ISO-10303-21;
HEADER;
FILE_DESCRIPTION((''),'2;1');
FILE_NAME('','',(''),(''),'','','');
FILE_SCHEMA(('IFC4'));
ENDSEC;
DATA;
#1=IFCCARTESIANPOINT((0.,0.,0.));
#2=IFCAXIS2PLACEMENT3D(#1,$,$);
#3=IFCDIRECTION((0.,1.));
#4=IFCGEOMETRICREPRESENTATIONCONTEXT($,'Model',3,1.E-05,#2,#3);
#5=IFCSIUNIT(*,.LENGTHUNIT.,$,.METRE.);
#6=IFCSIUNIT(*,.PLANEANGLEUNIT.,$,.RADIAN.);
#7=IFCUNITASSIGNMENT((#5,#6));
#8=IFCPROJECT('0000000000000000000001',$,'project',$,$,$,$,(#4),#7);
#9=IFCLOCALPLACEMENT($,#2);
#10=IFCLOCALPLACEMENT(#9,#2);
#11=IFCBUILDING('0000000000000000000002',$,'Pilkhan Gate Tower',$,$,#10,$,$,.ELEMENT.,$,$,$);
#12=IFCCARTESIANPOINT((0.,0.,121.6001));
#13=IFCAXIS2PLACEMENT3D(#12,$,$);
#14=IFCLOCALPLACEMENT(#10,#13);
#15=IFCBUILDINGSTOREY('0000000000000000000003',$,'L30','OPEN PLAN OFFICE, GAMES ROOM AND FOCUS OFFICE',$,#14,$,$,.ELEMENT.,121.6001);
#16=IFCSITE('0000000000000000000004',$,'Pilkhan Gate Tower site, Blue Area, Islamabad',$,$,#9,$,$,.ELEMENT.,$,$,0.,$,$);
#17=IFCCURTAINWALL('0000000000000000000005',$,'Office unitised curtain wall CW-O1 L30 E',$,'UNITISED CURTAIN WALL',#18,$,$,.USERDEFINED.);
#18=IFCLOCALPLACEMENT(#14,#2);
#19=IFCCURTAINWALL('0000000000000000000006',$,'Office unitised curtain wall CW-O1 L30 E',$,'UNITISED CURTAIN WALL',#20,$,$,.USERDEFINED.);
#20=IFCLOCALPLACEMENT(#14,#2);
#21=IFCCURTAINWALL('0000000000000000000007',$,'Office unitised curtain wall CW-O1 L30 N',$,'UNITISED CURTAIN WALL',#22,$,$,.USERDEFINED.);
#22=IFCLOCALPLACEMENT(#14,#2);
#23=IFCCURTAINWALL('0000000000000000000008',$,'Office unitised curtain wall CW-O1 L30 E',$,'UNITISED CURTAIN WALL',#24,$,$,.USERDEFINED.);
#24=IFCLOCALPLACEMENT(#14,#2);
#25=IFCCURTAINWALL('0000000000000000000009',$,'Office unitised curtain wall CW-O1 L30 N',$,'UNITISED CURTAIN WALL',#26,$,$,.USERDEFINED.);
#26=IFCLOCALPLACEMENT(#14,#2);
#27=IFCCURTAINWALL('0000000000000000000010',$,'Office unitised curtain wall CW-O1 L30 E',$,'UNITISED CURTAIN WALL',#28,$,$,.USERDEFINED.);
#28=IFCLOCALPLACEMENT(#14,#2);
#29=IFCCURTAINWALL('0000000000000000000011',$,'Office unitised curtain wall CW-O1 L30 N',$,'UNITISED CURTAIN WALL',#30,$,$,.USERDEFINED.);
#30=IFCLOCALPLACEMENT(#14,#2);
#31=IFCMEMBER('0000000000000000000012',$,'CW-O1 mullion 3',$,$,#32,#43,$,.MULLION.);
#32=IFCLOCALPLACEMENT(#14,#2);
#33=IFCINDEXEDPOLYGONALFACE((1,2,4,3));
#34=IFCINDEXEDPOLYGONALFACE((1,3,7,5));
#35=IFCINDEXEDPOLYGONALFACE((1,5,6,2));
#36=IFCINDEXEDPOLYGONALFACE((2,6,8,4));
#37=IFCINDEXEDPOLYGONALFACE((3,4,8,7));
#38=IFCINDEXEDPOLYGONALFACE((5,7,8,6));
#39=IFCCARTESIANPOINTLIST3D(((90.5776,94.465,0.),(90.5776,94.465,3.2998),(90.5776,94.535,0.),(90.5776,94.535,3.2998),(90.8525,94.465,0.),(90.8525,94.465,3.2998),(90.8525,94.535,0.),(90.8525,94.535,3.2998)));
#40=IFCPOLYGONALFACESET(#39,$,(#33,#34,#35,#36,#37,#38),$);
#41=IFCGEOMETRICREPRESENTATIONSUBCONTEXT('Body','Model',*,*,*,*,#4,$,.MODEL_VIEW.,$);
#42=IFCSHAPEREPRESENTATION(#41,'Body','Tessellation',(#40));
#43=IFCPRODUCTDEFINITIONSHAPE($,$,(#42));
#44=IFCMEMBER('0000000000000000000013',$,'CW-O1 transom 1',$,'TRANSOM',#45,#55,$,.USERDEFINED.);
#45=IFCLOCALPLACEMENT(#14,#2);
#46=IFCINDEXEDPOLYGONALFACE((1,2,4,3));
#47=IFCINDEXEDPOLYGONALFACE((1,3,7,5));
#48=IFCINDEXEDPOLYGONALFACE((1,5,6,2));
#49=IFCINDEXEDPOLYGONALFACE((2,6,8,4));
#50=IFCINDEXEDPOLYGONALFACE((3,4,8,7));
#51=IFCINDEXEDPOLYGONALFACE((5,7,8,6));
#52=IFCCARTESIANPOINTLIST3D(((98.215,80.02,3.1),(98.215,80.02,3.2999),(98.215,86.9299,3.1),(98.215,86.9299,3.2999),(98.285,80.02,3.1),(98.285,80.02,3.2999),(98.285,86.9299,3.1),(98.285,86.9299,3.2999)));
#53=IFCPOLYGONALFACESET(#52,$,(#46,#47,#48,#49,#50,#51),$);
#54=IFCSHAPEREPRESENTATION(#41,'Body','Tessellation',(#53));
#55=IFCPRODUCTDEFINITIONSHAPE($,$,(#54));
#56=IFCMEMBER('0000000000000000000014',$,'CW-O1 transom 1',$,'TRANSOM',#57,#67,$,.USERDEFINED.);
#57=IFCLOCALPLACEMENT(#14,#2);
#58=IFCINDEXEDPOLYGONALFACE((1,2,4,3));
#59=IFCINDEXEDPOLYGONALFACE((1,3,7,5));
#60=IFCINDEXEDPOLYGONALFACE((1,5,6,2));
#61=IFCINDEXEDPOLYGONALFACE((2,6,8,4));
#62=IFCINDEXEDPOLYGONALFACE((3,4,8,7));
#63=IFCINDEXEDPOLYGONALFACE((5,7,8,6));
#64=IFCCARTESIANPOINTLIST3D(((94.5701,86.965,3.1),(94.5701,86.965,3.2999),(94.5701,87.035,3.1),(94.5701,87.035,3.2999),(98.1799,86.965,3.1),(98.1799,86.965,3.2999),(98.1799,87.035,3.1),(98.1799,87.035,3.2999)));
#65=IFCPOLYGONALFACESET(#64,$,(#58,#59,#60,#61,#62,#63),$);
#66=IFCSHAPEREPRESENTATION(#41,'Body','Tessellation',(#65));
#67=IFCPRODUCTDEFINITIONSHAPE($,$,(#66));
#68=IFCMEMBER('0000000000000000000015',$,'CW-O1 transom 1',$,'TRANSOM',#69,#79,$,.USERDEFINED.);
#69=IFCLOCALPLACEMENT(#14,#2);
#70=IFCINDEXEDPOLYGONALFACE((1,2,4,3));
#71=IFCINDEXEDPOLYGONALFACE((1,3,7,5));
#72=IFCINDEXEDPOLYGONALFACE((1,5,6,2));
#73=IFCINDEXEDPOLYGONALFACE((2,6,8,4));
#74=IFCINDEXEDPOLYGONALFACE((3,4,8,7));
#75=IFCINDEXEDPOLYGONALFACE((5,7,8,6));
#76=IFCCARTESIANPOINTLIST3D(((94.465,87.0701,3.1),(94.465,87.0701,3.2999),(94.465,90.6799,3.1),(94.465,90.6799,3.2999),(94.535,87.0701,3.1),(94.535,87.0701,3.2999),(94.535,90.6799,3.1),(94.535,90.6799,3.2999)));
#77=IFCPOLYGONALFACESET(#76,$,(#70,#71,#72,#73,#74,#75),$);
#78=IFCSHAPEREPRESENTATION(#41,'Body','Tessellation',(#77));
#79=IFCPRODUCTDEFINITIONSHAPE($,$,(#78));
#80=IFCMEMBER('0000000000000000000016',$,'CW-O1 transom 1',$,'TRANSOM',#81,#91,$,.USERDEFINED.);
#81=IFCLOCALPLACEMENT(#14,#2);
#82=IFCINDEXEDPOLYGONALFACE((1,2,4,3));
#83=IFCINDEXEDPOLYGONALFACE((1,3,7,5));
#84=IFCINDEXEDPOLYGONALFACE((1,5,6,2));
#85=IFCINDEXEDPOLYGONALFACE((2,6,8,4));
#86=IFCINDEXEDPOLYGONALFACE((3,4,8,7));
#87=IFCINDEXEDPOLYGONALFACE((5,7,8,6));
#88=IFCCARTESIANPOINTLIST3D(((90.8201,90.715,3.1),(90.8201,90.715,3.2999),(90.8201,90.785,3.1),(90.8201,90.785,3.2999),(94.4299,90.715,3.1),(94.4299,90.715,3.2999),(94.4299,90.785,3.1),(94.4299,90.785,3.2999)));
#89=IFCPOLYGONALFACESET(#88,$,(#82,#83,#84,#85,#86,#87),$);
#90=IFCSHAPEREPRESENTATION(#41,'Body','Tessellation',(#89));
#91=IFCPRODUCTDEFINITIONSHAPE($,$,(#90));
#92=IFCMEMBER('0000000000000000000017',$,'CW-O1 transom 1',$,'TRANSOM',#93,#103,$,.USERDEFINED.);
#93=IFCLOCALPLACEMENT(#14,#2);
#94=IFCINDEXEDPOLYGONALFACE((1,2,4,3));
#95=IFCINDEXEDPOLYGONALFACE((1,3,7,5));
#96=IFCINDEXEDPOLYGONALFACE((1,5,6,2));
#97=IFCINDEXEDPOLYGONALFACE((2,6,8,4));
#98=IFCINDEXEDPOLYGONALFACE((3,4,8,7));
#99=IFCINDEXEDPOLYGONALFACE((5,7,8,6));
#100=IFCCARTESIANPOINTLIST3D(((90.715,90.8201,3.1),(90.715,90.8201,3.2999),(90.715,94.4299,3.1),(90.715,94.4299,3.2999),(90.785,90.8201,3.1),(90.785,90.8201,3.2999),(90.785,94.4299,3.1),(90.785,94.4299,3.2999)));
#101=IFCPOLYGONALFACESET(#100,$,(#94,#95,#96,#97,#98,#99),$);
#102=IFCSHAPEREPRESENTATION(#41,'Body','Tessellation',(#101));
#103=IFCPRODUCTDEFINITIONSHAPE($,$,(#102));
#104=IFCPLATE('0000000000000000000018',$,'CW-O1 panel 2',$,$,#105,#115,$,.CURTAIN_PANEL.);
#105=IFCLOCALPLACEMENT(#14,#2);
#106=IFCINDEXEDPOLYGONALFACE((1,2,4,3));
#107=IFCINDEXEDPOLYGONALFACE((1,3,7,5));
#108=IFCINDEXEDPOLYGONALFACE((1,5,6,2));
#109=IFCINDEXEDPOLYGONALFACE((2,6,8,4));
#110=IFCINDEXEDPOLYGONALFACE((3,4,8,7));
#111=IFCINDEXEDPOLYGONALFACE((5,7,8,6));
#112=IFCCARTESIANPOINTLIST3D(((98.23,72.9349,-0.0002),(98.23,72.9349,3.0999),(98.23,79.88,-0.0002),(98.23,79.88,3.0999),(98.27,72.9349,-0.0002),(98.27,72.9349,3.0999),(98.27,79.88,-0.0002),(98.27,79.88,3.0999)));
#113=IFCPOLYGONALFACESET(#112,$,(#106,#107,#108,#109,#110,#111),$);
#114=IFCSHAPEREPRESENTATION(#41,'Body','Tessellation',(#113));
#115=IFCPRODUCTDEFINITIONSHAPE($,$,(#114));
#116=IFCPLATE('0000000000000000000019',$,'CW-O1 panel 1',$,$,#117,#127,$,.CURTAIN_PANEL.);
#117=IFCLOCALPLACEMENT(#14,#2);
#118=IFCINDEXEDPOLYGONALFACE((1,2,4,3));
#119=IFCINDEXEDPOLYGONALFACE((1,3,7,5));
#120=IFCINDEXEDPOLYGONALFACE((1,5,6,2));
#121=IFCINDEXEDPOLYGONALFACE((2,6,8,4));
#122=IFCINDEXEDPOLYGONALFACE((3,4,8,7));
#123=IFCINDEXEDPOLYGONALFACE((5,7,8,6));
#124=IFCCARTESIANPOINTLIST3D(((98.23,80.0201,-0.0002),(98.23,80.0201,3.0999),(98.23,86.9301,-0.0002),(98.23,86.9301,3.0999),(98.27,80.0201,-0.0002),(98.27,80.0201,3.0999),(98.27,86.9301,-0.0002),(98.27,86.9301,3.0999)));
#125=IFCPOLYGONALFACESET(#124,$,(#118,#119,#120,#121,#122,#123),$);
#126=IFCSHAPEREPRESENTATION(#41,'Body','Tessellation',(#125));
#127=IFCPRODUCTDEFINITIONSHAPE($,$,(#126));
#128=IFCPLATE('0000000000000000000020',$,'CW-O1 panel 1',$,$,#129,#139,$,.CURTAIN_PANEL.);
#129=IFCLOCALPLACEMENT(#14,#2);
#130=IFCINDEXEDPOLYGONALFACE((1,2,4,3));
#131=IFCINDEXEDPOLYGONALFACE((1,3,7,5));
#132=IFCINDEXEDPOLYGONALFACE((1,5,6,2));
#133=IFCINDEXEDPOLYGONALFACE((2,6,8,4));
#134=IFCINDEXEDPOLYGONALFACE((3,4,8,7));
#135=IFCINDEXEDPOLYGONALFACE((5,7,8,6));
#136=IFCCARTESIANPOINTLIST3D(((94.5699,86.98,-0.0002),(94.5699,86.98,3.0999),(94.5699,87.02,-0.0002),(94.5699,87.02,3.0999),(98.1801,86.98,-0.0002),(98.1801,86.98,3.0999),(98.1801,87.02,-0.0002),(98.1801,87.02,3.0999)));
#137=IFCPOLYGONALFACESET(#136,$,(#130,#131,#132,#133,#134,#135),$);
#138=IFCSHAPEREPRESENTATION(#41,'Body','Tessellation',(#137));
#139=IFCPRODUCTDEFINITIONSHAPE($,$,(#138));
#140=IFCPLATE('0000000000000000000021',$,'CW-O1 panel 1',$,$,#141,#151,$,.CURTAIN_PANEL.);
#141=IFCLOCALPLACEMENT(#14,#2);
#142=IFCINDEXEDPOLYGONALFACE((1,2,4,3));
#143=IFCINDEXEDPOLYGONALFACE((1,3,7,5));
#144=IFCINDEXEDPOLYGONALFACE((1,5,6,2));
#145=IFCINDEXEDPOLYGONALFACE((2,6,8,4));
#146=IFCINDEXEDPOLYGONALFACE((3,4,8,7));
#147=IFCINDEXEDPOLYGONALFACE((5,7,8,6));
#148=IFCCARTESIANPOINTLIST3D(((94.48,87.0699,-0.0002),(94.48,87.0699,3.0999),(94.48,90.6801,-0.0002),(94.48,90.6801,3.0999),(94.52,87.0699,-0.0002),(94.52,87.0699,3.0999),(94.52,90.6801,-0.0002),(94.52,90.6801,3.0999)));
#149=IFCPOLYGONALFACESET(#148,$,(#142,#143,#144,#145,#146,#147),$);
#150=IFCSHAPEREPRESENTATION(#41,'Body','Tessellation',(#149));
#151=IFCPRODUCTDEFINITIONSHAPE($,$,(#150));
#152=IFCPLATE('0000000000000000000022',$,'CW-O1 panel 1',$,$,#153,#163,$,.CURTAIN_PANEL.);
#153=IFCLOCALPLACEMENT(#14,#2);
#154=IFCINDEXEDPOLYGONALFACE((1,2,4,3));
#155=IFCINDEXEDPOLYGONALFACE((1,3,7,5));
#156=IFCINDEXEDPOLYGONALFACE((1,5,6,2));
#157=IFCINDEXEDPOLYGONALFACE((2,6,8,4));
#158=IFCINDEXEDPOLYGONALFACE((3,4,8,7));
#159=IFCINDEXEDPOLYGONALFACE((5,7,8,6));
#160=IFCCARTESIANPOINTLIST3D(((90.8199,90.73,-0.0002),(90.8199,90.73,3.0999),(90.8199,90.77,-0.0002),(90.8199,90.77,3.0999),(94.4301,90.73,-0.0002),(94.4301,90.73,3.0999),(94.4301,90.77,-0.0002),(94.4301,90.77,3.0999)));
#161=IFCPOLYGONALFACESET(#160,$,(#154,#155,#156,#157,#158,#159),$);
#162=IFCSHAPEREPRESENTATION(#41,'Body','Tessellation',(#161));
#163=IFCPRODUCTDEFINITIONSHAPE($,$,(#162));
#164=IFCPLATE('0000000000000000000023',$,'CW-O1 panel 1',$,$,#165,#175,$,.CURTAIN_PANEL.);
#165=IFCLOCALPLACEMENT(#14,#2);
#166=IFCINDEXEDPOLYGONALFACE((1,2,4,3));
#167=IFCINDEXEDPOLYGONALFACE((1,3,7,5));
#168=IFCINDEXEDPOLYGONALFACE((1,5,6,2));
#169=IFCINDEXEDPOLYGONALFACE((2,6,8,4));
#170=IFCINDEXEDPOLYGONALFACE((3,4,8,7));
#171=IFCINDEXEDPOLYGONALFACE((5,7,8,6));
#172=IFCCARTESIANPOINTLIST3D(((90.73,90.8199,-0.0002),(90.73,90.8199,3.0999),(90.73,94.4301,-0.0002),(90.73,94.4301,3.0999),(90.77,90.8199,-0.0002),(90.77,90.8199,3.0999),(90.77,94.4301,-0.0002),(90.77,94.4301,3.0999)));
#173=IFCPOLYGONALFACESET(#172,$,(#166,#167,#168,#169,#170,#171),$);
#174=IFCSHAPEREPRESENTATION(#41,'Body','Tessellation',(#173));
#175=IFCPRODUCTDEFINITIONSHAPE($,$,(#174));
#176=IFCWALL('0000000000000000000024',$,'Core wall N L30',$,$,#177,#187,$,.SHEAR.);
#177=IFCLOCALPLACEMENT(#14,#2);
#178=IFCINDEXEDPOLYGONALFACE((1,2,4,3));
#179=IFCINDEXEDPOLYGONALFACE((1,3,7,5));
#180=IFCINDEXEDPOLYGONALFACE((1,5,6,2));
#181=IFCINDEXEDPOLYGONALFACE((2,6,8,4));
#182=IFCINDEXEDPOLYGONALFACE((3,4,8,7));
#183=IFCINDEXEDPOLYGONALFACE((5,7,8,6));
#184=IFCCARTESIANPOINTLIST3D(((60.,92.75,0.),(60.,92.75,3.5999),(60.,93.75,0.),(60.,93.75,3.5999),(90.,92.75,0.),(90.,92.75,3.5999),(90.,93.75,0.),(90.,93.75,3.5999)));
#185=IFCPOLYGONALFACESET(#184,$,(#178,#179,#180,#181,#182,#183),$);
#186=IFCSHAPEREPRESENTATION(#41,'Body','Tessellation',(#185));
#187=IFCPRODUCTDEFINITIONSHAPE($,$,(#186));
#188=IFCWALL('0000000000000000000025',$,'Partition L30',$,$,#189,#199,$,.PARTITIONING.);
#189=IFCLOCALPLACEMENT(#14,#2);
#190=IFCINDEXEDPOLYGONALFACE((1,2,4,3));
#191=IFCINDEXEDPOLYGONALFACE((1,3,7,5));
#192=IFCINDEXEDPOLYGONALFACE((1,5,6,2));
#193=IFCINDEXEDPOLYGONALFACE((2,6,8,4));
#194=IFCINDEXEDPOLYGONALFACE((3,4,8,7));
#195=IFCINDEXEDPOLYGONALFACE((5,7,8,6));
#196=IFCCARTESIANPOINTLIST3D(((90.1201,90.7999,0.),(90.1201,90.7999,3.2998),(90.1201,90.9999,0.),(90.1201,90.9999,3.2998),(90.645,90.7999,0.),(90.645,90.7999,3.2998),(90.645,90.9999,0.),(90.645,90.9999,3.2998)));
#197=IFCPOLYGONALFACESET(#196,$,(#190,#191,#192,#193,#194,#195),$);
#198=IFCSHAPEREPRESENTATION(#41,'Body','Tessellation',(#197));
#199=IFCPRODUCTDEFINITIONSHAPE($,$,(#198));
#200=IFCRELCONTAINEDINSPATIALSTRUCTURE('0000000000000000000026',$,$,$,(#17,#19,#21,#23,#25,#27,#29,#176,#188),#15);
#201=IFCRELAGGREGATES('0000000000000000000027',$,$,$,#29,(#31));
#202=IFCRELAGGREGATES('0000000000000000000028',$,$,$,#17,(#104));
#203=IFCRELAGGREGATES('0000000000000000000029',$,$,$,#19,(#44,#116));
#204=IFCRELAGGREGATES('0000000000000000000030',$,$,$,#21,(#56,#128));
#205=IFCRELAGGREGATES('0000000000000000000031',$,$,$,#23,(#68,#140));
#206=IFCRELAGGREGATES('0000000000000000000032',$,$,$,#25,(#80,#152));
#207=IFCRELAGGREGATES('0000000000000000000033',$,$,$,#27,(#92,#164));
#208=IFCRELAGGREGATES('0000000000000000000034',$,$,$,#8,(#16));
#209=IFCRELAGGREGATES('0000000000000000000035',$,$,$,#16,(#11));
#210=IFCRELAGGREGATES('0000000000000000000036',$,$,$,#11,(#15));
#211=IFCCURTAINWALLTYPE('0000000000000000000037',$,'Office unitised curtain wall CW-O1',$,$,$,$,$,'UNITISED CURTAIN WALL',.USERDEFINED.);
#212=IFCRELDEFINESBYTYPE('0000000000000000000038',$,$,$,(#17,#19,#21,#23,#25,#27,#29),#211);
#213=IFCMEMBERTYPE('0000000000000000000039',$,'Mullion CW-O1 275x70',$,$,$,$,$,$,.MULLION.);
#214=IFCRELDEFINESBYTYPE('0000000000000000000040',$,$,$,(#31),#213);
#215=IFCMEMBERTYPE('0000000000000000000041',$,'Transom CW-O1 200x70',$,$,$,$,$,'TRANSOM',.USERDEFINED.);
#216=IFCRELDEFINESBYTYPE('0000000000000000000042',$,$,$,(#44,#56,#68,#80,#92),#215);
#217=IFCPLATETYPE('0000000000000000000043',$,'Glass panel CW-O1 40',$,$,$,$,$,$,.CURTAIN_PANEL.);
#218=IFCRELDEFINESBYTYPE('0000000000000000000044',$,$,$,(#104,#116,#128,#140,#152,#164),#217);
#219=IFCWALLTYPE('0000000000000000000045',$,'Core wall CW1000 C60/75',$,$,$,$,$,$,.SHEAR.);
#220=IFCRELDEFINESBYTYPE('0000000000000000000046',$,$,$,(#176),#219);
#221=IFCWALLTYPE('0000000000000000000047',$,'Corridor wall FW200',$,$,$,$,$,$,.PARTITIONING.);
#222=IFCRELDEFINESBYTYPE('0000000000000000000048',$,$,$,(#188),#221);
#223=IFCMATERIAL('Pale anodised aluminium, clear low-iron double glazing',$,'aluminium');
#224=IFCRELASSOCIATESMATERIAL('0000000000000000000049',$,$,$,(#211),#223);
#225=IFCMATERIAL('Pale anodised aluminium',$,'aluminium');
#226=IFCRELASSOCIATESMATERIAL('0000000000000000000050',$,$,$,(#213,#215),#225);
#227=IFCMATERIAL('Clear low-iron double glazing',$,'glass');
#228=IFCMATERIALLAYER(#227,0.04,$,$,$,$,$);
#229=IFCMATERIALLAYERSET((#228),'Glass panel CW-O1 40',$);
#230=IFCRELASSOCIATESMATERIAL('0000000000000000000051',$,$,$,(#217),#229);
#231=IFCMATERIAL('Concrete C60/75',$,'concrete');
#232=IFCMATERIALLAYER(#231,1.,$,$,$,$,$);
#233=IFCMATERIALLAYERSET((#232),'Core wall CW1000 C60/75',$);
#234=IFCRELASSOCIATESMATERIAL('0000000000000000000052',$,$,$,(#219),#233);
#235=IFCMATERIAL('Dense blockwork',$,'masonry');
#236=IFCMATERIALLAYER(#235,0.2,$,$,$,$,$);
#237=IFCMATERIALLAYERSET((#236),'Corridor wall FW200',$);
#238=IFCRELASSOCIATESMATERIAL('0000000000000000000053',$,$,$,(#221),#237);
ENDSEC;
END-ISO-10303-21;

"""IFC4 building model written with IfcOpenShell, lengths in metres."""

from ifc_helpers import new_model, si_unit, direction, frame, frame_2d, origin, origin_2d, place, context, subcontext, project, spatial, rectangle, extrude, material, layer, layer_set, material_profile, profile_set, type_object, element, aggregate, save


model = new_model("IFC4")

# Units and contexts
model_context = context("Model", 3, precision=1e-05, world=origin(), true_north=direction((0.0, 1.0)))
body_context = subcontext(model_context, "Body", "Model", "MODEL_VIEW")
ifc_project = project(units=[si_unit("LENGTHUNIT", "METRE"), si_unit("PLANEANGLEUNIT", "RADIAN")], contexts=[model_context])

# Site, building, storey
site_placement = place(None, origin())
site = spatial("IfcSite", under=ifc_project, at=site_placement, Name="Pilkhan Gate Tower site, Blue Area, Islamabad", CompositionType="ELEMENT", RefElevation=0.0)
building_placement = place(site_placement, origin())
building = spatial("IfcBuilding", under=site, at=building_placement, Name="Pilkhan Gate Tower", CompositionType="ELEMENT")
storey_placement = place(building_placement, frame((0.0, 0.0, 121.6001)))
storey = spatial("IfcBuildingStorey", under=building, at=storey_placement, Name="L30", Description="OPEN PLAN OFFICE, GAMES ROOM AND FOCUS OFFICE", CompositionType="ELEMENT", Elevation=121.6001)

# Shared definitions
ifc_material_1 = material(Name="Concrete C60/75", Category="concrete")

# Curtain wall
ifc_material_2 = material(Name="Pale anodised aluminium, clear low-iron double glazing", Category="aluminium")
curtain_wall_type = type_object("IfcCurtainWallType", Name="Office unitised curtain wall CW-O1", ElementType="UNITISED CURTAIN WALL", PredefinedType="USERDEFINED", material=ifc_material_2)
curtain_wall_1_placement = place(storey_placement, origin())
curtain_wall_1 = element("IfcCurtainWall", 1, at=curtain_wall_1_placement, inside=storey, type_object=curtain_wall_type, Name="Office unitised curtain wall CW-O1 L30 E", ObjectType="UNITISED CURTAIN WALL", PredefinedType="USERDEFINED")
ifc_material_3 = material(Name="Pale anodised aluminium", Category="aluminium")
ifc_material_profile_1 = material_profile(ifc_material_3, rectangle(XDim=0.0701, YDim=0.2749, at=origin_2d()), Name="Mullion 275x70")
ifc_profile_set_1 = profile_set([ifc_material_profile_1], Name="Pale anodised aluminium")
member_type_1 = type_object("IfcMemberType", Name="Mullion CW-O1 275x70", PredefinedType="MULLION", material=ifc_profile_set_1)

# Curtain walls
curtain_wall_2_placement = place(storey_placement, origin())
curtain_wall_2 = element("IfcCurtainWall", 2, at=curtain_wall_2_placement, inside=storey, type_object=curtain_wall_type, Name="Office unitised curtain wall CW-O1 L30 E", ObjectType="UNITISED CURTAIN WALL", PredefinedType="USERDEFINED")
curtain_wall_3_placement = place(storey_placement, origin())
curtain_wall_3 = element("IfcCurtainWall", 3, at=curtain_wall_3_placement, inside=storey, type_object=curtain_wall_type, Name="Office unitised curtain wall CW-O1 L30 N", ObjectType="UNITISED CURTAIN WALL", PredefinedType="USERDEFINED")
curtain_wall_4_placement = place(storey_placement, origin())
curtain_wall_4 = element("IfcCurtainWall", 4, at=curtain_wall_4_placement, inside=storey, type_object=curtain_wall_type, Name="Office unitised curtain wall CW-O1 L30 E", ObjectType="UNITISED CURTAIN WALL", PredefinedType="USERDEFINED")
curtain_wall_5_placement = place(storey_placement, origin())
curtain_wall_5 = element("IfcCurtainWall", 5, at=curtain_wall_5_placement, inside=storey, type_object=curtain_wall_type, Name="Office unitised curtain wall CW-O1 L30 N", ObjectType="UNITISED CURTAIN WALL", PredefinedType="USERDEFINED")
curtain_wall_6_placement = place(storey_placement, origin())
curtain_wall_6 = element("IfcCurtainWall", 6, at=curtain_wall_6_placement, inside=storey, type_object=curtain_wall_type, Name="Office unitised curtain wall CW-O1 L30 E", ObjectType="UNITISED CURTAIN WALL", PredefinedType="USERDEFINED")

# Curtain wall, member
curtain_wall_7_placement = place(storey_placement, origin())
curtain_wall_7 = element("IfcCurtainWall", 7, at=curtain_wall_7_placement, inside=storey, type_object=curtain_wall_type, Name="Office unitised curtain wall CW-O1 L30 N", ObjectType="UNITISED CURTAIN WALL", PredefinedType="USERDEFINED")
member_1_placement = place(storey_placement, frame((90.7151, 94.5, 0.0), z_axis=(0.0, 0.0, 1.0), x_axis=(0.0, 1.0, 0.0)))
member_1 = element("IfcMember", 8, at=member_1_placement, type_object=member_type_1, Name="CW-O1 mullion 3", PredefinedType="MULLION", context=body_context, shape_type="SweptSolid", body=[
    extrude(rectangle(XDim=0.0701, YDim=0.2749, at=origin_2d()), origin(), (0.0, 0.0, 1.0), 3.2998),
])
aggregate(curtain_wall_7, [member_1])

# Members
ifc_material_profile_2 = material_profile(ifc_material_3, rectangle(XDim=0.0701, YDim=0.2, at=origin_2d()), Name="Transom 200x70")
ifc_profile_set_2 = profile_set([ifc_material_profile_2], Name="Pale anodised aluminium")
member_type_2 = type_object("IfcMemberType", Name="Transom CW-O1 200x70", ElementType="TRANSOM", PredefinedType="USERDEFINED", material=ifc_profile_set_2)
member_2_placement = place(storey_placement, frame((98.25, 80.02, 3.2), z_axis=(0.0, 1.0, 0.0), x_axis=(-1.0, 0.0, 0.0)))
member_2 = element("IfcMember", 9, at=member_2_placement, type_object=member_type_2, Name="CW-O1 transom 1", ObjectType="TRANSOM", PredefinedType="USERDEFINED", context=body_context, shape_type="SweptSolid", body=[
    extrude(rectangle(XDim=0.0701, YDim=0.2, at=origin_2d()), origin(), (0.0, 0.0, 1.0), 6.9099),
])
member_3_placement = place(storey_placement, frame((94.5701, 87.0, 3.2), z_axis=(1.0, 0.0, 0.0), x_axis=(0.0, 1.0, 0.0)))
member_3 = element("IfcMember", 10, at=member_3_placement, type_object=member_type_2, Name="CW-O1 transom 1", ObjectType="TRANSOM", PredefinedType="USERDEFINED", context=body_context, shape_type="SweptSolid", body=[
    extrude(rectangle(XDim=0.0701, YDim=0.2, at=origin_2d()), origin(), (0.0, 0.0, 1.0), 3.6099),
])
member_4_placement = place(storey_placement, frame((94.5, 87.0701, 3.2), z_axis=(0.0, 1.0, 0.0), x_axis=(-1.0, 0.0, 0.0)))
member_4 = element("IfcMember", 11, at=member_4_placement, type_object=member_type_2, Name="CW-O1 transom 1", ObjectType="TRANSOM", PredefinedType="USERDEFINED", context=body_context, shape_type="SweptSolid", body=[
    extrude(rectangle(XDim=0.0701, YDim=0.2, at=origin_2d()), origin(), (0.0, 0.0, 1.0), 3.6099),
])
member_5_placement = place(storey_placement, frame((90.8201, 90.75, 3.2), z_axis=(1.0, 0.0, 0.0), x_axis=(0.0, 1.0, 0.0)))
member_5 = element("IfcMember", 12, at=member_5_placement, type_object=member_type_2, Name="CW-O1 transom 1", ObjectType="TRANSOM", PredefinedType="USERDEFINED", context=body_context, shape_type="SweptSolid", body=[
    extrude(rectangle(XDim=0.0701, YDim=0.2, at=origin_2d()), origin(), (0.0, 0.0, 1.0), 3.6099),
])
member_6_placement = place(storey_placement, frame((90.75, 90.8201, 3.2), z_axis=(0.0, 1.0, 0.0), x_axis=(-1.0, 0.0, 0.0)))
member_6 = element("IfcMember", 13, at=member_6_placement, type_object=member_type_2, Name="CW-O1 transom 1", ObjectType="TRANSOM", PredefinedType="USERDEFINED", context=body_context, shape_type="SweptSolid", body=[
    extrude(rectangle(XDim=0.0701, YDim=0.2, at=origin_2d()), origin(), (0.0, 0.0, 1.0), 3.6099),
])

# Plates
ifc_material_4 = material(Name="Clear low-iron double glazing", Category="glass")
ifc_layer_1 = layer(ifc_material_4, 0.04)
ifc_layer_set_1 = layer_set([ifc_layer_1], Name="Glass panel CW-O1 40")
plate_type = type_object("IfcPlateType", Name="Glass panel CW-O1 40", PredefinedType="CURTAIN_PANEL", material=ifc_layer_set_1)
plate_1_placement = place(storey_placement, frame((98.25, 76.4075, -0.0002), z_axis=(0.0, 0.0, 1.0), x_axis=(0.0, 1.0, 0.0)))
plate_1 = element("IfcPlate", 14, at=plate_1_placement, type_object=plate_type, Name="CW-O1 panel 2", PredefinedType="CURTAIN_PANEL", context=body_context, shape_type="SweptSolid", body=[
    extrude(rectangle(XDim=6.9451, YDim=0.04, at=origin_2d()), origin(), (0.0, 0.0, 1.0), 3.1001),
])
aggregate(curtain_wall_1, [plate_1])
plate_2_placement = place(storey_placement, frame((98.25, 83.4751, -0.0002), z_axis=(0.0, 0.0, 1.0), x_axis=(0.0, 1.0, 0.0)))
plate_2 = element("IfcPlate", 15, at=plate_2_placement, type_object=plate_type, Name="CW-O1 panel 1", PredefinedType="CURTAIN_PANEL", context=body_context, shape_type="SweptSolid", body=[
    extrude(rectangle(XDim=6.9099, YDim=0.04, at=origin_2d()), origin(), (0.0, 0.0, 1.0), 3.1001),
])
aggregate(curtain_wall_2, [member_2, plate_2])
plate_3_placement = place(storey_placement, frame((96.375, 87.0, -0.0002), z_axis=(0.0, 0.0, 1.0), x_axis=(1.0, 0.0, 0.0)))
plate_3 = element("IfcPlate", 16, at=plate_3_placement, type_object=plate_type, Name="CW-O1 panel 1", PredefinedType="CURTAIN_PANEL", context=body_context, shape_type="SweptSolid", body=[
    extrude(rectangle(XDim=3.6101, YDim=0.04, at=origin_2d()), origin(), (0.0, 0.0, 1.0), 3.1001),
])
aggregate(curtain_wall_3, [member_3, plate_3])
plate_4_placement = place(storey_placement, frame((94.5, 88.875, -0.0002), z_axis=(0.0, 0.0, 1.0), x_axis=(0.0, 1.0, 0.0)))
plate_4 = element("IfcPlate", 17, at=plate_4_placement, type_object=plate_type, Name="CW-O1 panel 1", PredefinedType="CURTAIN_PANEL", context=body_context, shape_type="SweptSolid", body=[
    extrude(rectangle(XDim=3.6101, YDim=0.04, at=origin_2d()), origin(), (0.0, 0.0, 1.0), 3.1001),
])
aggregate(curtain_wall_4, [member_4, plate_4])
plate_5_placement = place(storey_placement, frame((92.625, 90.75, -0.0002), z_axis=(0.0, 0.0, 1.0), x_axis=(1.0, 0.0, 0.0)))
plate_5 = element("IfcPlate", 18, at=plate_5_placement, type_object=plate_type, Name="CW-O1 panel 1", PredefinedType="CURTAIN_PANEL", context=body_context, shape_type="SweptSolid", body=[
    extrude(rectangle(XDim=3.6101, YDim=0.04, at=origin_2d()), origin(), (0.0, 0.0, 1.0), 3.1001),
])
aggregate(curtain_wall_5, [member_5, plate_5])
plate_6_placement = place(storey_placement, frame((90.75, 92.625, -0.0002), z_axis=(0.0, 0.0, 1.0), x_axis=(0.0, 1.0, 0.0)))
plate_6 = element("IfcPlate", 19, at=plate_6_placement, type_object=plate_type, Name="CW-O1 panel 1", PredefinedType="CURTAIN_PANEL", context=body_context, shape_type="SweptSolid", body=[
    extrude(rectangle(XDim=3.6101, YDim=0.04, at=origin_2d()), origin(), (0.0, 0.0, 1.0), 3.1001),
])
aggregate(curtain_wall_6, [member_6, plate_6])

# Walls
ifc_layer_2 = layer(ifc_material_1, 1.0)
ifc_layer_set_2 = layer_set([ifc_layer_2], Name="Core wall CW1000 C60/75")
wall_type_1 = type_object("IfcWallType", Name="Core wall CW1000 C60/75", PredefinedType="SHEAR", material=ifc_layer_set_2)
wall_1_placement = place(storey_placement, frame((90.0, 93.25, 0.0), z_axis=(0.0, 0.0, 1.0), x_axis=(-1.0, 0.0, 0.0)))
element("IfcWall", 20, at=wall_1_placement, inside=storey, type_object=wall_type_1, Name="Core wall N L30", PredefinedType="SHEAR", context=body_context, shape_type="SweptSolid", body=[
    extrude(rectangle(XDim=30.0, YDim=1.0, at=frame_2d((15.0, 0.0))), origin(), (0.0, 0.0, 1.0), 3.5999),
])
ifc_material_5 = material(Name="Dense blockwork", Category="masonry")
ifc_layer_3 = layer(ifc_material_5, 0.2)
ifc_layer_set_3 = layer_set([ifc_layer_3], Name="Corridor wall FW200")
wall_type_2 = type_object("IfcWallType", Name="Corridor wall FW200", PredefinedType="PARTITIONING", material=ifc_layer_set_3)
wall_2_placement = place(storey_placement, frame((90.1201, 90.8999, 0.0), z_axis=(0.0, 0.0, 1.0), x_axis=(1.0, 0.0, 0.0)))
element("IfcWall", 21, at=wall_2_placement, inside=storey, type_object=wall_type_2, Name="Partition L30", PredefinedType="PARTITIONING", context=body_context, shape_type="SweptSolid", body=[
    extrude(rectangle(XDim=0.5249, YDim=0.2, at=frame_2d((0.2625, 0.0))), origin(), (0.0, 0.0, 1.0), 3.2998),
])

save(model, "model.ifc")
